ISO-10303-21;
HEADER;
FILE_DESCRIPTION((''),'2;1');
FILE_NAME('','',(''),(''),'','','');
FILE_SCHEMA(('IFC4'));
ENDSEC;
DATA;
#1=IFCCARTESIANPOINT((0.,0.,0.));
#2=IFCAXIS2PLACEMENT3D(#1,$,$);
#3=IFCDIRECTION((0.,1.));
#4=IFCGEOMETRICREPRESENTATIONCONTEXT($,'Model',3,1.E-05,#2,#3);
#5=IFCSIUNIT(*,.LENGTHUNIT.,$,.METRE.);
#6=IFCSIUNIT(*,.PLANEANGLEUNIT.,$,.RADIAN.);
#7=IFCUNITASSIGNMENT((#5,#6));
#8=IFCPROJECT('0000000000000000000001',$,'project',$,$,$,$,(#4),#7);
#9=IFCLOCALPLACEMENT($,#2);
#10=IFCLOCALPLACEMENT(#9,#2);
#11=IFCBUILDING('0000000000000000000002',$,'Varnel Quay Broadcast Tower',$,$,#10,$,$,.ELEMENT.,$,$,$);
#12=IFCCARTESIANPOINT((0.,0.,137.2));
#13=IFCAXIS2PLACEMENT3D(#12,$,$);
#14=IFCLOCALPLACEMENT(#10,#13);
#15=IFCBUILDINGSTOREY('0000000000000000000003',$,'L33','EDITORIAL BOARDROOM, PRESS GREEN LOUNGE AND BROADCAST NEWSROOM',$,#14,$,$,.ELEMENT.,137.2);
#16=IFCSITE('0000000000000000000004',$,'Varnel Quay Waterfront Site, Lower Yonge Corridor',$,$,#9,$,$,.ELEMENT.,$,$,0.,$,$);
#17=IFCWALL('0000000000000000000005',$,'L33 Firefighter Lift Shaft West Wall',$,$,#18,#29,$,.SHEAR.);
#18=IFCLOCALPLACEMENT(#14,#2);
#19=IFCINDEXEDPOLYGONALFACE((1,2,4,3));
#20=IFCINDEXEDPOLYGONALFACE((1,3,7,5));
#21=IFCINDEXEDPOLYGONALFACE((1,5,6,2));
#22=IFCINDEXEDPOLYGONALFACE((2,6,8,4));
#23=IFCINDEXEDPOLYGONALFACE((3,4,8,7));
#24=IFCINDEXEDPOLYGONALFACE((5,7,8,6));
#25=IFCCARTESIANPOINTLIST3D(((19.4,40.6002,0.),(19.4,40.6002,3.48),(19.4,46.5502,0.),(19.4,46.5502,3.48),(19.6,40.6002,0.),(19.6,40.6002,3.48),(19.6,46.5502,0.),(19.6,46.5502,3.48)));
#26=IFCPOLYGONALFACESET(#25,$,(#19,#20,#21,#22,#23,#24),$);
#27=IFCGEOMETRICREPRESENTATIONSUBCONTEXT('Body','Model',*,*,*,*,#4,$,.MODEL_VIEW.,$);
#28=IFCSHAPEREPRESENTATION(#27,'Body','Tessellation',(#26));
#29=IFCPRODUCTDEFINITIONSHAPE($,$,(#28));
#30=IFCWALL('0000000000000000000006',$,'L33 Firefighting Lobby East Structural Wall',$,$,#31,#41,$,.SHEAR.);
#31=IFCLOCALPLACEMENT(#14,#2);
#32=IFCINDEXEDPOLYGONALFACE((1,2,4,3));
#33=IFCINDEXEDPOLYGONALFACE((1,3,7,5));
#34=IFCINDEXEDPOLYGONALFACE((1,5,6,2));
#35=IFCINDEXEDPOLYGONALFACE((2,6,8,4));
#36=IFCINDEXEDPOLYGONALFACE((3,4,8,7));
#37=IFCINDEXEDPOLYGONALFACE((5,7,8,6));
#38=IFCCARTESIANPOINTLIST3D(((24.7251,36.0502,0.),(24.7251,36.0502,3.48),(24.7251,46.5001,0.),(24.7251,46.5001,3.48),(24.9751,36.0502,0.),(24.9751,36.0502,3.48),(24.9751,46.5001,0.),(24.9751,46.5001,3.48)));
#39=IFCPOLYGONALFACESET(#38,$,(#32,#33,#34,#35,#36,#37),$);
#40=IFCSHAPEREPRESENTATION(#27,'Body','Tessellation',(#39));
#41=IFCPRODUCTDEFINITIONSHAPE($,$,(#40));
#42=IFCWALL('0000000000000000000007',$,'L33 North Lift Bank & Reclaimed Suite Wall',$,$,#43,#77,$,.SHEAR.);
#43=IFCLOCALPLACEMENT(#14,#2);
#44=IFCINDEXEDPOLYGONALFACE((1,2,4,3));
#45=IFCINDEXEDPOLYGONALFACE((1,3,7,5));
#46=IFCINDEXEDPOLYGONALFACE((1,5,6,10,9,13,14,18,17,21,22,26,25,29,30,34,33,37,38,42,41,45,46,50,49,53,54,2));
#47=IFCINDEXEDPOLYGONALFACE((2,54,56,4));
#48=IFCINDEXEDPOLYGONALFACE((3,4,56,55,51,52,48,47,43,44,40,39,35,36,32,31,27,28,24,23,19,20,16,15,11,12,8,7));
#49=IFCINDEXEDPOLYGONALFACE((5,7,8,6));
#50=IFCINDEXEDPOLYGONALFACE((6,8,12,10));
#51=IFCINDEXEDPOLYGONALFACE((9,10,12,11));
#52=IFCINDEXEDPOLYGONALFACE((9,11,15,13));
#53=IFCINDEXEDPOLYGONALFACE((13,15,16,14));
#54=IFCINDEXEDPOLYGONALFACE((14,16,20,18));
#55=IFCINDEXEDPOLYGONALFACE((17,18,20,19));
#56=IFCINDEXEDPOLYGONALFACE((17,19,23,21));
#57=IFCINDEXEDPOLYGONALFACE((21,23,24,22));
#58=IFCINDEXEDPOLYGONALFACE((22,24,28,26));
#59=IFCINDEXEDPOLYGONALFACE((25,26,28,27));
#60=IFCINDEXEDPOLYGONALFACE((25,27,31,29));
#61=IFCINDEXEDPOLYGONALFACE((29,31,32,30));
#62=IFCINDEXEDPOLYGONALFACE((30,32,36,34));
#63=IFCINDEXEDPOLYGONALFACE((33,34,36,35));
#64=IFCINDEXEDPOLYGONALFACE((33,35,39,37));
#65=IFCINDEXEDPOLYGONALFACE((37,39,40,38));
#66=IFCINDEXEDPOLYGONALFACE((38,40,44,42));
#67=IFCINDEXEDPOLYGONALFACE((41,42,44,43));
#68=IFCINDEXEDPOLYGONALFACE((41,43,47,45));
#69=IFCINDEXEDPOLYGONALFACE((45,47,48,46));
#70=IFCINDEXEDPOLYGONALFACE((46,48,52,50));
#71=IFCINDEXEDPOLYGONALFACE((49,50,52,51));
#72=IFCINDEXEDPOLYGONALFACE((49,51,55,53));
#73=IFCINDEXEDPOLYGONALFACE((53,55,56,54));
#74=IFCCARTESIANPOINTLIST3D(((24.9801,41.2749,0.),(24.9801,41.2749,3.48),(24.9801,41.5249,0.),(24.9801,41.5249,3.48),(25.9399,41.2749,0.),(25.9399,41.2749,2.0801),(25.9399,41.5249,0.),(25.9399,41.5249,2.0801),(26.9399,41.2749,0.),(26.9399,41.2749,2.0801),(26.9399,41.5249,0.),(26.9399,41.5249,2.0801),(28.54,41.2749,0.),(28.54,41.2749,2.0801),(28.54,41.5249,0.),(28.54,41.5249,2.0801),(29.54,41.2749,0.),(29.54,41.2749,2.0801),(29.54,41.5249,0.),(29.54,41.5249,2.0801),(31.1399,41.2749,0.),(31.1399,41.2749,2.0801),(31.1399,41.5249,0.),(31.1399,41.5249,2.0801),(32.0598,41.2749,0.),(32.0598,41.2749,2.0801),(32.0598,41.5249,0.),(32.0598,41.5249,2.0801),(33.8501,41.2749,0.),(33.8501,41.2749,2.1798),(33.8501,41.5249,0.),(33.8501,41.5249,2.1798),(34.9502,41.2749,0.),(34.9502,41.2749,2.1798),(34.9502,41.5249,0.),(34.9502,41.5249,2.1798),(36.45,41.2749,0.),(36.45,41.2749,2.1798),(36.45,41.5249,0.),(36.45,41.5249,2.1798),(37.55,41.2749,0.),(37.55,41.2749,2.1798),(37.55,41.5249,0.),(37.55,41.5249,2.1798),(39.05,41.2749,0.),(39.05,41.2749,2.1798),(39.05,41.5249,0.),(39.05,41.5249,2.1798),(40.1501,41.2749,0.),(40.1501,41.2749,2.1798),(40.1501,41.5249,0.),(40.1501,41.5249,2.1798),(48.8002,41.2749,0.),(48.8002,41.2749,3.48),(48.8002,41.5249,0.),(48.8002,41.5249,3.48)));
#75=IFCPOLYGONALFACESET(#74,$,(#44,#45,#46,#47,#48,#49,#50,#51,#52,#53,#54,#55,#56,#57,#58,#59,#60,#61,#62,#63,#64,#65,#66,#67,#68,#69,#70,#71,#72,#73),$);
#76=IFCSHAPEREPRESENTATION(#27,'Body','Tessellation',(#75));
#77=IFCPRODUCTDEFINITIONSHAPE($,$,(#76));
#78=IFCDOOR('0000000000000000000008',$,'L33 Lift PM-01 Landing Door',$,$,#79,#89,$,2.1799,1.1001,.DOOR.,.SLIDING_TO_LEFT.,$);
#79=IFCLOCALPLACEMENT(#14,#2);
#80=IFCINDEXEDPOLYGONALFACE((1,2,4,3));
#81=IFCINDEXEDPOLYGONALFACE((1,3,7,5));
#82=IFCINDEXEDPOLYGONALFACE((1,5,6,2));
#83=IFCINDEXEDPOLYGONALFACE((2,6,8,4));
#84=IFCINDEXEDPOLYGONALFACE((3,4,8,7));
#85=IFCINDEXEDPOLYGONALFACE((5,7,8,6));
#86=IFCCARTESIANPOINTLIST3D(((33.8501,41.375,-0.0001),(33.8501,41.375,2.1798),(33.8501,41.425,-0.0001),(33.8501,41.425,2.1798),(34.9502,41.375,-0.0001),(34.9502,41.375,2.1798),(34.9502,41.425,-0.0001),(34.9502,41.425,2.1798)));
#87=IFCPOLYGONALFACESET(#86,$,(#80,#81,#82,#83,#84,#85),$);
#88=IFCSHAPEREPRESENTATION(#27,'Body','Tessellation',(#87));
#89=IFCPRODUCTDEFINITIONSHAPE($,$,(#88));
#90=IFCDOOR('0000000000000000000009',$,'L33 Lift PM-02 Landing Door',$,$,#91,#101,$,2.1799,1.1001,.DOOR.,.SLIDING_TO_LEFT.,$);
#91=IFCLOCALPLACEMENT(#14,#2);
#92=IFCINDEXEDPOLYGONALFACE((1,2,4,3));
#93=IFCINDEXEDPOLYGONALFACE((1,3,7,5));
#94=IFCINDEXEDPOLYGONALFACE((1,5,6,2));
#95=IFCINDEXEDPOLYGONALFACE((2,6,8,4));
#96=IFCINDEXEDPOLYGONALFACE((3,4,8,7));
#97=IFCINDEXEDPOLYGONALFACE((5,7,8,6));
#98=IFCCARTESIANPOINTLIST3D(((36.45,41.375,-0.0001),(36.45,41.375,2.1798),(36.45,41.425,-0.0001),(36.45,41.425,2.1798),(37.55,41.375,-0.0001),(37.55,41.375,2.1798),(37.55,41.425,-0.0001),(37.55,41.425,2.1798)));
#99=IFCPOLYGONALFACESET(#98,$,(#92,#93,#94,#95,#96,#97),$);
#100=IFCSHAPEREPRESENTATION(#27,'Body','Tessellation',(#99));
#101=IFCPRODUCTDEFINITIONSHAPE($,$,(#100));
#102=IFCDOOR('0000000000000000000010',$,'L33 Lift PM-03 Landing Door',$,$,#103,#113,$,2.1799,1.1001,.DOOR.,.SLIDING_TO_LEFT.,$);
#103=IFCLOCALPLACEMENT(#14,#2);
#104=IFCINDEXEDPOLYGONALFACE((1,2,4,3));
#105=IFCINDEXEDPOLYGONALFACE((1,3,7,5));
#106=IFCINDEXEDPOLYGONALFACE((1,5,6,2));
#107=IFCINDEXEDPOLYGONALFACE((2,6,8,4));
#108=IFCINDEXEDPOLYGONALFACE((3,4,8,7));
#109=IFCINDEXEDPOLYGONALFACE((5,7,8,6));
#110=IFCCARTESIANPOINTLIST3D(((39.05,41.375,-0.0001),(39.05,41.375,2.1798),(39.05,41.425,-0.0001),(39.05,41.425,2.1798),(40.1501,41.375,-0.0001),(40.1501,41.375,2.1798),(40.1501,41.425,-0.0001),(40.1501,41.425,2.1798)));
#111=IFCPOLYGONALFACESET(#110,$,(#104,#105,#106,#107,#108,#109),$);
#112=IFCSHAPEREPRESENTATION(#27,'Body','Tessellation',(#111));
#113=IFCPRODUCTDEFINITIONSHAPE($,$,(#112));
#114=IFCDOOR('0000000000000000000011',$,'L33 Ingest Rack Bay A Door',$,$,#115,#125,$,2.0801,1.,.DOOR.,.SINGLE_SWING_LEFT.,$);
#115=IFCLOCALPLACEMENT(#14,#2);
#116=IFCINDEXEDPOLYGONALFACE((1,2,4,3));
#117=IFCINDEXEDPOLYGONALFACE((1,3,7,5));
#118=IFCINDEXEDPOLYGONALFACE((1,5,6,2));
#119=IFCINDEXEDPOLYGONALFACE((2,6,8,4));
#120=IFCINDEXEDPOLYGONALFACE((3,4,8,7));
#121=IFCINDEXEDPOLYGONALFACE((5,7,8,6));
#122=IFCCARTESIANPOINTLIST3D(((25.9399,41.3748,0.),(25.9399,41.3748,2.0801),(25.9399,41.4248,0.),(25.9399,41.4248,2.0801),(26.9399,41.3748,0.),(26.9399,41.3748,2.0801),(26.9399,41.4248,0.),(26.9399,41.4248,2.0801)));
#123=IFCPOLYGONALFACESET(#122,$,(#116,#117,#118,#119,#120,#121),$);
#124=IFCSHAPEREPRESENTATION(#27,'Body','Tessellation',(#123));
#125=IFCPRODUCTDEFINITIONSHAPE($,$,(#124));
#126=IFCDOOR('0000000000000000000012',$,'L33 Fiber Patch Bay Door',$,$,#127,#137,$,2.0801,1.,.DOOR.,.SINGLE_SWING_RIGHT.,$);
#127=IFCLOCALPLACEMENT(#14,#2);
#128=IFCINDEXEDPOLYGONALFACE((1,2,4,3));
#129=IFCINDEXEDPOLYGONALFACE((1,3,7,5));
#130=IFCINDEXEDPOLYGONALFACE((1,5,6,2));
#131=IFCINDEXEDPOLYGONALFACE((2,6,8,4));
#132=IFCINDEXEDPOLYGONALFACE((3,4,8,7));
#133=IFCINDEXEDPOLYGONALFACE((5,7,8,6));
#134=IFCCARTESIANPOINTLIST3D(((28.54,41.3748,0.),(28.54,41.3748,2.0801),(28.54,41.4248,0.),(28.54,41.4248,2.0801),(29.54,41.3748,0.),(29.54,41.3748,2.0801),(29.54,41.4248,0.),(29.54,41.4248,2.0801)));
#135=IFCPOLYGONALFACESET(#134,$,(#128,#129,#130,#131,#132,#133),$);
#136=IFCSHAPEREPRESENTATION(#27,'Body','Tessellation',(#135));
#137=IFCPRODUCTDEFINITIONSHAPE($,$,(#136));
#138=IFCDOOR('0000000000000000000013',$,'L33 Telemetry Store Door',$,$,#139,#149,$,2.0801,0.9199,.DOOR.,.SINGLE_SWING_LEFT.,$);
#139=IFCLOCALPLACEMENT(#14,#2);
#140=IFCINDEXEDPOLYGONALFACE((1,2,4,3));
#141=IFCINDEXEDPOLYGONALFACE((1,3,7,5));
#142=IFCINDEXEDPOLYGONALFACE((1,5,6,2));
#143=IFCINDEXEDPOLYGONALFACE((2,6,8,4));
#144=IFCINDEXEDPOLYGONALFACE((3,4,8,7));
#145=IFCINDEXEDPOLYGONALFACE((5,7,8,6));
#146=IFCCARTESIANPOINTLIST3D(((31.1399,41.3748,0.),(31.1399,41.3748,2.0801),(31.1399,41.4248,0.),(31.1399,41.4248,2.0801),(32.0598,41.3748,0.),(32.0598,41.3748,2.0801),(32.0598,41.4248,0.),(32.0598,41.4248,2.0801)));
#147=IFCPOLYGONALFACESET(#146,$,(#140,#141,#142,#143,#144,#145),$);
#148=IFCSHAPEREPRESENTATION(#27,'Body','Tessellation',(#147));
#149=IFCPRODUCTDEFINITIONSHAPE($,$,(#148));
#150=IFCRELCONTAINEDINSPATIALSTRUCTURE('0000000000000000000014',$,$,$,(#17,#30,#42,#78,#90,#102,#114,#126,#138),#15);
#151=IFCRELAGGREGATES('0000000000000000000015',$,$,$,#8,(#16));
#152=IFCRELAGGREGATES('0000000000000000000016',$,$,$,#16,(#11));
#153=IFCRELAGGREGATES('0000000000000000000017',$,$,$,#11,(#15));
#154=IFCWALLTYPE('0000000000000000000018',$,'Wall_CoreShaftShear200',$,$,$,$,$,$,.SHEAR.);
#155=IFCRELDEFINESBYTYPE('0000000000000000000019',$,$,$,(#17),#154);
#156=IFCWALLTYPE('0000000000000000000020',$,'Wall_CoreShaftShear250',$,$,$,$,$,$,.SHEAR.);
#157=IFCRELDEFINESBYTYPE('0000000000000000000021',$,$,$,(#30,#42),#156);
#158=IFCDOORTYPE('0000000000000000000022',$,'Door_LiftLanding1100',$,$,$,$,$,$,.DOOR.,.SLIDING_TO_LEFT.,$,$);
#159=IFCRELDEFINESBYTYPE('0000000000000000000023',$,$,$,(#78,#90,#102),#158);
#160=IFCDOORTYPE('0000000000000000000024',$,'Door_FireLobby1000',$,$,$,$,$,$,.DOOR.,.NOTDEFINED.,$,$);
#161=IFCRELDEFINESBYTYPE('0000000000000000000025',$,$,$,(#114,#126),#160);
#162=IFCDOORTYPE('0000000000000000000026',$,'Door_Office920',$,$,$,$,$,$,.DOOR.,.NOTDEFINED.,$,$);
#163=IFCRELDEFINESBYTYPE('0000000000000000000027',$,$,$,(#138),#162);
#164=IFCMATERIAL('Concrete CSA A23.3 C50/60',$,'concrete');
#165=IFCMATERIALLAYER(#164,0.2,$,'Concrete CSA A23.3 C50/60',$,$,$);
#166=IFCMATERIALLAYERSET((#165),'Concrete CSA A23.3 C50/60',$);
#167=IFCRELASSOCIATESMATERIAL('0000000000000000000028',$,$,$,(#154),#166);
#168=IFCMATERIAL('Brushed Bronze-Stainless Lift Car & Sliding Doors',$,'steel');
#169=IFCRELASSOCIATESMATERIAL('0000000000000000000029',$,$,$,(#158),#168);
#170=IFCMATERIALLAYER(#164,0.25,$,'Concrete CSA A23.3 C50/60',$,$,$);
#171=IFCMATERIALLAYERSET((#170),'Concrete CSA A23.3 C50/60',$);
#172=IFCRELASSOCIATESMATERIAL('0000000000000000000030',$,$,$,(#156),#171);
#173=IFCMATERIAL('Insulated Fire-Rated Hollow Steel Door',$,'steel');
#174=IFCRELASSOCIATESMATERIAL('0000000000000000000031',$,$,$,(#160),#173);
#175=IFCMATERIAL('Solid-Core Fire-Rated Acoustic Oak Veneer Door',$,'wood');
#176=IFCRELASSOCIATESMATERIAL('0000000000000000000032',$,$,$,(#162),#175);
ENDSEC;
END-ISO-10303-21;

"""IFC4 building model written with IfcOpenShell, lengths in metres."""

from ifc_helpers import new_model, si_unit, direction, frame, frame_2d, origin, place, context, subcontext, project, spatial, rectangle, extrude, source, transform, mapped, material, layer, layer_set, type_object, type_shapes, element, fill, save


model = new_model("IFC4")

# Units and contexts
model_context = context("Model", 3, precision=1e-05, world=origin(), true_north=direction((0.0, 1.0)))
body_context = subcontext(model_context, "Body", "Model", "MODEL_VIEW")
ifc_project = project(units=[si_unit("LENGTHUNIT", "METRE"), si_unit("PLANEANGLEUNIT", "RADIAN")], contexts=[model_context])

# Site, building, storey
site_placement = place(None, origin())
site = spatial("IfcSite", under=ifc_project, at=site_placement, Name="Varnel Quay Waterfront Site, Lower Yonge Corridor", CompositionType="ELEMENT", RefElevation=0.0)
building_placement = place(site_placement, origin())
building = spatial("IfcBuilding", under=site, at=building_placement, Name="Varnel Quay Broadcast Tower", CompositionType="ELEMENT")
storey_placement = place(building_placement, frame((0.0, 0.0, 137.2)))
storey = spatial("IfcBuildingStorey", under=building, at=storey_placement, Name="L33", Description="EDITORIAL BOARDROOM, PRESS GREEN LOUNGE AND BROADCAST NEWSROOM", CompositionType="ELEMENT", Elevation=137.2)

# Shared definitions
ifc_material_1 = material(Name="Concrete CSA A23.3 C50/60", Category="concrete")
ifc_layer_1 = layer(ifc_material_1, 0.2, Name="Concrete CSA A23.3 C50/60")
ifc_layer_set_1 = layer_set([ifc_layer_1], Name="Concrete CSA A23.3 C50/60")
wall_type_1 = type_object("IfcWallType", Name="Wall_CoreShaftShear200", PredefinedType="SHEAR", material=ifc_layer_set_1)
ifc_material_2 = material(Name="Insulated Fire-Rated Hollow Steel Door", Category="steel")

# Shared definitions
ifc_material_3 = material(Name="Brushed Bronze-Stainless Lift Car & Sliding Doors", Category="steel")
door_type_1 = type_object("IfcDoorType", Name="Door_LiftLanding1100", OperationType="SLIDING_TO_LEFT", PredefinedType="DOOR", material=ifc_material_3)
shared_shape_1 = source(origin(), body_context, "Body", "SweptSolid", [
    extrude(rectangle(XDim=1.1001, YDim=2.1799, at=frame_2d((0.55, 1.0898))), frame((0.0, 0.0249, 0.0), z_axis=(0.0, -1.0, 0.0), x_axis=(1.0, 0.0, 0.0)), (0.0, 0.0, 1.0), 0.05),
])
type_shapes(door_type_1, [shared_shape_1])

# Walls
wall_1_placement = place(storey_placement, frame((19.5, 40.6001, 0.0), z_axis=(0.0, 0.0, 1.0), x_axis=(0.0, 1.0, 0.0)))
element("IfcWall", 1, at=wall_1_placement, inside=storey, type_object=wall_type_1, Name="L33 Firefighter Lift Shaft West Wall", PredefinedType="SHEAR", context=body_context, shape_type="SweptSolid", body=[
    extrude(rectangle(XDim=5.95, YDim=0.2, at=frame_2d((2.9751, 0.0))), origin(), (0.0, 0.0, 1.0), 3.48),
])
ifc_layer_2 = layer(ifc_material_1, 0.25, Name="Concrete CSA A23.3 C50/60")
ifc_layer_set_2 = layer_set([ifc_layer_2], Name="Concrete CSA A23.3 C50/60")
wall_type_2 = type_object("IfcWallType", Name="Wall_CoreShaftShear250", PredefinedType="SHEAR", material=ifc_layer_set_2)
wall_2_placement = place(storey_placement, frame((24.8501, 36.05, 0.0), z_axis=(0.0, 0.0, 1.0), x_axis=(0.0, 1.0, 0.0)))
element("IfcWall", 2, at=wall_2_placement, inside=storey, type_object=wall_type_2, Name="L33 Firefighting Lobby East Structural Wall", PredefinedType="SHEAR", context=body_context, shape_type="SweptSolid", body=[
    extrude(rectangle(XDim=10.45, YDim=0.25, at=frame_2d((5.2251, 0.0))), origin(), (0.0, 0.0, 1.0), 3.48),
])

# Wall, openings, doors
wall_3_placement = place(storey_placement, frame((24.98, 41.3999, 0.0), z_axis=(0.0, 0.0, 1.0), x_axis=(1.0, 0.0, 0.0)))
wall_3 = element("IfcWall", 3, at=wall_3_placement, inside=storey, type_object=wall_type_2, Name="L33 North Lift Bank & Reclaimed Suite Wall", PredefinedType="SHEAR", context=body_context, shape_type="SweptSolid", body=[
    extrude(rectangle(XDim=23.8201, YDim=0.25, at=frame_2d((11.9102, 0.0))), origin(), (0.0, 0.0, 1.0), 3.48),
])
opening_1_placement = place(wall_3_placement, frame((8.8701, 0.0, 0.0)))
opening_1 = element("IfcOpeningElement", 4, at=opening_1_placement, cuts=wall_3, PredefinedType="OPENING", context=body_context, shape_type="SweptSolid", body=[
    extrude(rectangle(XDim=1.1001, YDim=2.1799, at=frame_2d((0.55, 1.0898))), frame((0.0, 0.135, 0.0), z_axis=(0.0, -1.0, 0.0), x_axis=(1.0, 0.0, 0.0)), (0.0, 0.0, 1.0), 0.27),
])
opening_2_placement = place(wall_3_placement, frame((11.47, 0.0, 0.0)))
opening_2 = element("IfcOpeningElement", 5, at=opening_2_placement, cuts=wall_3, PredefinedType="OPENING", context=body_context, shape_type="SweptSolid", body=[
    extrude(rectangle(XDim=1.1001, YDim=2.1799, at=frame_2d((0.55, 1.0898))), frame((0.0, 0.135, 0.0), z_axis=(0.0, -1.0, 0.0), x_axis=(1.0, 0.0, 0.0)), (0.0, 0.0, 1.0), 0.27),
])
opening_3_placement = place(wall_3_placement, frame((14.0701, 0.0, 0.0)))
opening_3 = element("IfcOpeningElement", 6, at=opening_3_placement, cuts=wall_3, PredefinedType="OPENING", context=body_context, shape_type="SweptSolid", body=[
    extrude(rectangle(XDim=1.1001, YDim=2.1799, at=frame_2d((0.55, 1.0898))), frame((0.0, 0.135, 0.0), z_axis=(0.0, -1.0, 0.0), x_axis=(1.0, 0.0, 0.0)), (0.0, 0.0, 1.0), 0.27),
])
opening_4_placement = place(wall_3_placement, frame((0.96, 0.0, 0.0)))
opening_4 = element("IfcOpeningElement", 7, at=opening_4_placement, cuts=wall_3, PredefinedType="OPENING", context=body_context, shape_type="SweptSolid", body=[
    extrude(rectangle(XDim=1.0, YDim=2.0801, at=frame_2d((0.5, 1.04))), frame((0.0, 0.135, 0.0), z_axis=(0.0, -1.0, 0.0), x_axis=(1.0, 0.0, 0.0)), (0.0, 0.0, 1.0), 0.27),
])
opening_5_placement = place(wall_3_placement, frame((3.5601, 0.0, 0.0)))
opening_5 = element("IfcOpeningElement", 8, at=opening_5_placement, cuts=wall_3, PredefinedType="OPENING", context=body_context, shape_type="SweptSolid", body=[
    extrude(rectangle(XDim=1.0, YDim=2.0801, at=frame_2d((0.5, 1.04))), frame((0.0, 0.135, 0.0), z_axis=(0.0, -1.0, 0.0), x_axis=(1.0, 0.0, 0.0)), (0.0, 0.0, 1.0), 0.27),
])
opening_6_placement = place(wall_3_placement, frame((6.1599, 0.0, 0.0)))
opening_6 = element("IfcOpeningElement", 9, at=opening_6_placement, cuts=wall_3, PredefinedType="OPENING", context=body_context, shape_type="SweptSolid", body=[
    extrude(rectangle(XDim=0.9199, YDim=2.0801, at=frame_2d((0.46, 1.04))), frame((0.0, 0.135, 0.0), z_axis=(0.0, -1.0, 0.0), x_axis=(1.0, 0.0, 0.0)), (0.0, 0.0, 1.0), 0.27),
])
door_1_placement = place(opening_1_placement, frame((1.1001, 0.0, 0.0), z_axis=(0.0, 0.0, 1.0), x_axis=(-1.0, 0.0, 0.0)))
door_1 = element("IfcDoor", 10, at=door_1_placement, inside=storey, type_object=door_type_1, Name="L33 Lift PM-01 Landing Door", OperationType="SLIDING_TO_LEFT", OverallHeight=2.1799, OverallWidth=1.1001, PredefinedType="DOOR", context=body_context, shape_type="MappedRepresentation", body=[
    mapped(shared_shape_1, transform((0.0, 0.0, 0.0), x_axis=(1.0, 0.0, 0.0), y_axis=(0.0, 1.0, 0.0), z_axis=(0.0, 0.0, 1.0), scale=1.0)),
])
fill(opening_1, door_1)
door_2_placement = place(opening_2_placement, frame((1.1001, 0.0, 0.0), z_axis=(0.0, 0.0, 1.0), x_axis=(-1.0, 0.0, 0.0)))
door_2 = element("IfcDoor", 11, at=door_2_placement, inside=storey, type_object=door_type_1, Name="L33 Lift PM-02 Landing Door", OperationType="SLIDING_TO_LEFT", OverallHeight=2.1799, OverallWidth=1.1001, PredefinedType="DOOR", context=body_context, shape_type="MappedRepresentation", body=[
    mapped(shared_shape_1, transform((0.0, 0.0, 0.0), x_axis=(1.0, 0.0, 0.0), y_axis=(0.0, 1.0, 0.0), z_axis=(0.0, 0.0, 1.0), scale=1.0)),
])
fill(opening_2, door_2)
door_3_placement = place(opening_3_placement, frame((1.1001, 0.0, 0.0), z_axis=(0.0, 0.0, 1.0), x_axis=(-1.0, 0.0, 0.0)))
door_3 = element("IfcDoor", 12, at=door_3_placement, inside=storey, type_object=door_type_1, Name="L33 Lift PM-03 Landing Door", OperationType="SLIDING_TO_LEFT", OverallHeight=2.1799, OverallWidth=1.1001, PredefinedType="DOOR", context=body_context, shape_type="MappedRepresentation", body=[
    mapped(shared_shape_1, transform((0.0, 0.0, 0.0), x_axis=(1.0, 0.0, 0.0), y_axis=(0.0, 1.0, 0.0), z_axis=(0.0, 0.0, 1.0), scale=1.0)),
])
fill(opening_3, door_3)
door_type_2 = type_object("IfcDoorType", Name="Door_FireLobby1000", OperationType="NOTDEFINED", PredefinedType="DOOR", material=ifc_material_2)
shared_shape_2 = source(origin(), body_context, "Body", "SweptSolid", [
    extrude(rectangle(XDim=1.0, YDim=2.0801, at=frame_2d((0.5, 1.04))), frame((0.0, 0.0249, 0.0), z_axis=(0.0, -1.0, 0.0), x_axis=(1.0, 0.0, 0.0)), (0.0, 0.0, 1.0), 0.05),
])
type_shapes(door_type_2, [shared_shape_2])
door_4_placement = place(opening_4_placement, origin())
door_4 = element("IfcDoor", 13, at=door_4_placement, inside=storey, type_object=door_type_2, Name="L33 Ingest Rack Bay A Door", OperationType="SINGLE_SWING_LEFT", OverallHeight=2.0801, OverallWidth=1.0, PredefinedType="DOOR", context=body_context, shape_type="MappedRepresentation", body=[
    mapped(shared_shape_2, transform((0.0, 0.0, 0.0), x_axis=(1.0, 0.0, 0.0), y_axis=(0.0, 1.0, 0.0), z_axis=(0.0, 0.0, 1.0), scale=1.0)),
])
fill(opening_4, door_4)
door_5_placement = place(opening_5_placement, origin())
door_5 = element("IfcDoor", 14, at=door_5_placement, inside=storey, type_object=door_type_2, Name="L33 Fiber Patch Bay Door", OperationType="SINGLE_SWING_RIGHT", OverallHeight=2.0801, OverallWidth=1.0, PredefinedType="DOOR", context=body_context, shape_type="MappedRepresentation", body=[
    mapped(shared_shape_2, transform((0.0, 0.0, 0.0), x_axis=(1.0, 0.0, 0.0), y_axis=(0.0, 1.0, 0.0), z_axis=(0.0, 0.0, 1.0), scale=1.0)),
])
fill(opening_5, door_5)
ifc_material_4 = material(Name="Solid-Core Fire-Rated Acoustic Oak Veneer Door", Category="wood")
door_type_3 = type_object("IfcDoorType", Name="Door_Office920", OperationType="NOTDEFINED", PredefinedType="DOOR", material=ifc_material_4)
shared_shape_3 = source(origin(), body_context, "Body", "SweptSolid", [
    extrude(rectangle(XDim=0.9199, YDim=2.0801, at=frame_2d((0.46, 1.04))), frame((0.0, 0.0249, 0.0), z_axis=(0.0, -1.0, 0.0), x_axis=(1.0, 0.0, 0.0)), (0.0, 0.0, 1.0), 0.05),
])
type_shapes(door_type_3, [shared_shape_3])
door_6_placement = place(opening_6_placement, origin())
door_6 = element("IfcDoor", 15, at=door_6_placement, inside=storey, type_object=door_type_3, Name="L33 Telemetry Store Door", OperationType="SINGLE_SWING_LEFT", OverallHeight=2.0801, OverallWidth=0.9199, PredefinedType="DOOR", context=body_context, shape_type="MappedRepresentation", body=[
    mapped(shared_shape_3, transform((0.0, 0.0, 0.0), x_axis=(1.0, 0.0, 0.0), y_axis=(0.0, 1.0, 0.0), z_axis=(0.0, 0.0, 1.0), scale=1.0)),
])
fill(opening_6, door_6)

save(model, "model.ifc")
